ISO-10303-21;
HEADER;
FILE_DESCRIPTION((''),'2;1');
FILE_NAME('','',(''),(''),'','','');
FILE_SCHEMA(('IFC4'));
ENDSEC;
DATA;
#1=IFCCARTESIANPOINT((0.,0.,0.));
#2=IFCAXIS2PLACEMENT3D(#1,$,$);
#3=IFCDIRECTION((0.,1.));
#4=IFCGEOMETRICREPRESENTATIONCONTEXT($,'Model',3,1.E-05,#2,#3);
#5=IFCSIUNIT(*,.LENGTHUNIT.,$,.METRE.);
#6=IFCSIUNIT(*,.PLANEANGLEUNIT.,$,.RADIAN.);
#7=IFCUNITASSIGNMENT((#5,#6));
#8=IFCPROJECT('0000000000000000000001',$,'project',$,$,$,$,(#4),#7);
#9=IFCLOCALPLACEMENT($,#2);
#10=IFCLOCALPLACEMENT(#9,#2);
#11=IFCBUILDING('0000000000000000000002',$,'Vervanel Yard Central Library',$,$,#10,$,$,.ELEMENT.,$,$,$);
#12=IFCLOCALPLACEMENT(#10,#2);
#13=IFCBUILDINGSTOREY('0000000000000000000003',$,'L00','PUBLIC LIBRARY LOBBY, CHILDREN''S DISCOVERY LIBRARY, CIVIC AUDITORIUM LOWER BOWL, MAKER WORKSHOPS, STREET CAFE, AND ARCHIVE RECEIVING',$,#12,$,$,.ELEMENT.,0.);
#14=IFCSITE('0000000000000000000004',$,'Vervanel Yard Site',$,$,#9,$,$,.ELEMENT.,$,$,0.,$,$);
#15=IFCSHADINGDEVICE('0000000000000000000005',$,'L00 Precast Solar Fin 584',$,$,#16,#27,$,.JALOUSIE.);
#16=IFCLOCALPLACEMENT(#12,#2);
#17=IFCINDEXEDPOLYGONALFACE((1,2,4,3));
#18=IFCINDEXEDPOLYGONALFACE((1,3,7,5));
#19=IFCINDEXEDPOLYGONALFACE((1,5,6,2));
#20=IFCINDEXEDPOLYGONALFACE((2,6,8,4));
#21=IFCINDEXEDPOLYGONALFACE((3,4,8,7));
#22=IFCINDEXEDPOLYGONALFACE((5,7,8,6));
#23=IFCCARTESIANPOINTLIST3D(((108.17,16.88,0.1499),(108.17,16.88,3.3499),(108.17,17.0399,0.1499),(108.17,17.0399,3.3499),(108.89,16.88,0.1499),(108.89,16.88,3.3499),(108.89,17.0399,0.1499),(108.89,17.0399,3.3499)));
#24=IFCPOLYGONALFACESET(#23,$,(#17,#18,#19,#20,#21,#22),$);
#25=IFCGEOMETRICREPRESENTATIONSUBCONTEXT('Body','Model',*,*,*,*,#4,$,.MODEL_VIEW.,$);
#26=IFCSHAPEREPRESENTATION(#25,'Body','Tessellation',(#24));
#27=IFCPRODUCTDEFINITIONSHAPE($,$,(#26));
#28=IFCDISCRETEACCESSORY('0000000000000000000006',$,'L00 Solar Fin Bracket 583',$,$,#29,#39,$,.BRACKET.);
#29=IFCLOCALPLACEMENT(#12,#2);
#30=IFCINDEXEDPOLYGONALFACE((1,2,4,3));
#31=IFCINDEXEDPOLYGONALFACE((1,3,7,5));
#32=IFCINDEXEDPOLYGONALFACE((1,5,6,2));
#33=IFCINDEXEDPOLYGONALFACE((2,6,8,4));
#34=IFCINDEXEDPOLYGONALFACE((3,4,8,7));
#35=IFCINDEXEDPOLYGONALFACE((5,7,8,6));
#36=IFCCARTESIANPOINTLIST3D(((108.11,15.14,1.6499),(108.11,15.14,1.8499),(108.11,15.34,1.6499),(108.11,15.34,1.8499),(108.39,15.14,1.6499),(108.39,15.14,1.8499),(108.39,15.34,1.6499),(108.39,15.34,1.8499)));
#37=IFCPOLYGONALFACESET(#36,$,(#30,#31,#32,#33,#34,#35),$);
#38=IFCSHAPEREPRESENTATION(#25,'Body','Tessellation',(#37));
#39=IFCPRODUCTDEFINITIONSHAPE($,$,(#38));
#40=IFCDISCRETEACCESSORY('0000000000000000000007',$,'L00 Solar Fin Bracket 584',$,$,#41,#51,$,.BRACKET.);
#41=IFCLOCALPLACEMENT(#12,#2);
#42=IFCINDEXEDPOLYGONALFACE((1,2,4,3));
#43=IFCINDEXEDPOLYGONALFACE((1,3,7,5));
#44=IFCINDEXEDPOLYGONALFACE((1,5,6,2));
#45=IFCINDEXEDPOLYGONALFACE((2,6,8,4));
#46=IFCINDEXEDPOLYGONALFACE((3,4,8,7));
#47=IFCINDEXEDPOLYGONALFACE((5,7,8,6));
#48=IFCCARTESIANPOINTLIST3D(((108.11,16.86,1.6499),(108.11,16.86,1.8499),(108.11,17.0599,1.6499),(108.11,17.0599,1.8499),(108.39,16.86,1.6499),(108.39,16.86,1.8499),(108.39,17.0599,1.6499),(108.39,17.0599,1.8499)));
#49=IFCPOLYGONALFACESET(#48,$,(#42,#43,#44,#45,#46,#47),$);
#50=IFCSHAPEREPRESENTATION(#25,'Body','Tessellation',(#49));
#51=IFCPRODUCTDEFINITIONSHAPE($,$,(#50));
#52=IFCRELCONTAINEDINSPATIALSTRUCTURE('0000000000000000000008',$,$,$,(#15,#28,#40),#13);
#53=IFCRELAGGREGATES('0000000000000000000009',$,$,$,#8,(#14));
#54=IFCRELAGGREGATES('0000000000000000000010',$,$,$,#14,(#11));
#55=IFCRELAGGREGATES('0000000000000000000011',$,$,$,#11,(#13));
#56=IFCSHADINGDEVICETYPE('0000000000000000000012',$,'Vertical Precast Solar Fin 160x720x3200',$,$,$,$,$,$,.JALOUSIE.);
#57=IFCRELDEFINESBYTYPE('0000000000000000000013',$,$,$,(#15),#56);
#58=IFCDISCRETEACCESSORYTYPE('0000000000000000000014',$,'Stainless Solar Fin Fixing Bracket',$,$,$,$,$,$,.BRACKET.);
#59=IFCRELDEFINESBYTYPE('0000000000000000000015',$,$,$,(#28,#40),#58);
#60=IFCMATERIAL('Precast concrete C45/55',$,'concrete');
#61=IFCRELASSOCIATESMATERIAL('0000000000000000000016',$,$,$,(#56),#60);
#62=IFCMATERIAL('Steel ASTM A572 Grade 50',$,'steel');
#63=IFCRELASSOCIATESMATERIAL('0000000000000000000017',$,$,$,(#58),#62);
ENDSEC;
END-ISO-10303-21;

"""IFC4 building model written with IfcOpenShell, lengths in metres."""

from ifc_helpers import new_model, si_unit, direction, frame, origin, origin_2d, place, context, subcontext, project, spatial, rectangle, extrude, material, type_object, element, save


model = new_model("IFC4")

# Units and contexts
model_context = context("Model", 3, precision=1e-05, world=origin(), true_north=direction((0.0, 1.0)))
body_context = subcontext(model_context, "Body", "Model", "MODEL_VIEW")
ifc_project = project(units=[si_unit("LENGTHUNIT", "METRE"), si_unit("PLANEANGLEUNIT", "RADIAN")], contexts=[model_context])

# Site, building, storey
site_placement = place(None, origin())
site = spatial("IfcSite", under=ifc_project, at=site_placement, Name="Vervanel Yard Site", CompositionType="ELEMENT", RefElevation=0.0)
building_placement = place(site_placement, origin())
building = spatial("IfcBuilding", under=site, at=building_placement, Name="Vervanel Yard Central Library", CompositionType="ELEMENT")
storey_placement = place(building_placement, origin())
storey = spatial("IfcBuildingStorey", under=building, at=storey_placement, Name="L00", Description="PUBLIC LIBRARY LOBBY, CHILDREN'S DISCOVERY LIBRARY, CIVIC AUDITORIUM LOWER BOWL, MAKER WORKSHOPS, STREET CAFE, AND ARCHIVE RECEIVING", CompositionType="ELEMENT", Elevation=0.0)

# Shared definitions
ifc_material_1 = material(Name="Steel ASTM A572 Grade 50", Category="steel")

# Shared definitions
ifc_material_2 = material(Name="Precast concrete C45/55", Category="concrete")

# Shading device
shading_device_type = type_object("IfcShadingDeviceType", Name="Vertical Precast Solar Fin 160x720x3200", PredefinedType="JALOUSIE", material=ifc_material_2)
for number, where, z_axis, x_axis, name in (
    (1, (108.53, 16.96, 0.1499), (0.0, 0.0, 1.0), (0.0, 1.0, 0.0), "L00 Precast Solar Fin 584"),
):
    element("IfcShadingDevice", number, at=place(storey_placement, frame(where, z_axis=z_axis, x_axis=x_axis)), inside=storey, type_object=shading_device_type, Name=name, PredefinedType="JALOUSIE", context=body_context, shape_type="SweptSolid", body=[
        extrude(rectangle(XDim=0.1599, YDim=0.72, at=origin_2d()), origin(), (0.0, 0.0, 1.0), 3.2),
    ])

# Discrete accessories
discrete_accessory_type = type_object("IfcDiscreteAccessoryType", Name="Stainless Solar Fin Fixing Bracket", PredefinedType="BRACKET", material=ifc_material_1)
for number, where, z_axis, x_axis, name in (
    (2, (108.25, 15.24, 1.6499), (0.0, 0.0, 1.0), (0.0, 1.0, 0.0), "L00 Solar Fin Bracket 583"),
    (3, (108.25, 16.96, 1.6499), (0.0, 0.0, 1.0), (0.0, 1.0, 0.0), "L00 Solar Fin Bracket 584"),
):
    element("IfcDiscreteAccessory", number, at=place(storey_placement, frame(where, z_axis=z_axis, x_axis=x_axis)), inside=storey, type_object=discrete_accessory_type, Name=name, PredefinedType="BRACKET", context=body_context, shape_type="SweptSolid", body=[
        extrude(rectangle(XDim=0.2, YDim=0.28, at=origin_2d()), origin(), (0.0, 0.0, 1.0), 0.2),
    ])

save(model, "model.ifc")
